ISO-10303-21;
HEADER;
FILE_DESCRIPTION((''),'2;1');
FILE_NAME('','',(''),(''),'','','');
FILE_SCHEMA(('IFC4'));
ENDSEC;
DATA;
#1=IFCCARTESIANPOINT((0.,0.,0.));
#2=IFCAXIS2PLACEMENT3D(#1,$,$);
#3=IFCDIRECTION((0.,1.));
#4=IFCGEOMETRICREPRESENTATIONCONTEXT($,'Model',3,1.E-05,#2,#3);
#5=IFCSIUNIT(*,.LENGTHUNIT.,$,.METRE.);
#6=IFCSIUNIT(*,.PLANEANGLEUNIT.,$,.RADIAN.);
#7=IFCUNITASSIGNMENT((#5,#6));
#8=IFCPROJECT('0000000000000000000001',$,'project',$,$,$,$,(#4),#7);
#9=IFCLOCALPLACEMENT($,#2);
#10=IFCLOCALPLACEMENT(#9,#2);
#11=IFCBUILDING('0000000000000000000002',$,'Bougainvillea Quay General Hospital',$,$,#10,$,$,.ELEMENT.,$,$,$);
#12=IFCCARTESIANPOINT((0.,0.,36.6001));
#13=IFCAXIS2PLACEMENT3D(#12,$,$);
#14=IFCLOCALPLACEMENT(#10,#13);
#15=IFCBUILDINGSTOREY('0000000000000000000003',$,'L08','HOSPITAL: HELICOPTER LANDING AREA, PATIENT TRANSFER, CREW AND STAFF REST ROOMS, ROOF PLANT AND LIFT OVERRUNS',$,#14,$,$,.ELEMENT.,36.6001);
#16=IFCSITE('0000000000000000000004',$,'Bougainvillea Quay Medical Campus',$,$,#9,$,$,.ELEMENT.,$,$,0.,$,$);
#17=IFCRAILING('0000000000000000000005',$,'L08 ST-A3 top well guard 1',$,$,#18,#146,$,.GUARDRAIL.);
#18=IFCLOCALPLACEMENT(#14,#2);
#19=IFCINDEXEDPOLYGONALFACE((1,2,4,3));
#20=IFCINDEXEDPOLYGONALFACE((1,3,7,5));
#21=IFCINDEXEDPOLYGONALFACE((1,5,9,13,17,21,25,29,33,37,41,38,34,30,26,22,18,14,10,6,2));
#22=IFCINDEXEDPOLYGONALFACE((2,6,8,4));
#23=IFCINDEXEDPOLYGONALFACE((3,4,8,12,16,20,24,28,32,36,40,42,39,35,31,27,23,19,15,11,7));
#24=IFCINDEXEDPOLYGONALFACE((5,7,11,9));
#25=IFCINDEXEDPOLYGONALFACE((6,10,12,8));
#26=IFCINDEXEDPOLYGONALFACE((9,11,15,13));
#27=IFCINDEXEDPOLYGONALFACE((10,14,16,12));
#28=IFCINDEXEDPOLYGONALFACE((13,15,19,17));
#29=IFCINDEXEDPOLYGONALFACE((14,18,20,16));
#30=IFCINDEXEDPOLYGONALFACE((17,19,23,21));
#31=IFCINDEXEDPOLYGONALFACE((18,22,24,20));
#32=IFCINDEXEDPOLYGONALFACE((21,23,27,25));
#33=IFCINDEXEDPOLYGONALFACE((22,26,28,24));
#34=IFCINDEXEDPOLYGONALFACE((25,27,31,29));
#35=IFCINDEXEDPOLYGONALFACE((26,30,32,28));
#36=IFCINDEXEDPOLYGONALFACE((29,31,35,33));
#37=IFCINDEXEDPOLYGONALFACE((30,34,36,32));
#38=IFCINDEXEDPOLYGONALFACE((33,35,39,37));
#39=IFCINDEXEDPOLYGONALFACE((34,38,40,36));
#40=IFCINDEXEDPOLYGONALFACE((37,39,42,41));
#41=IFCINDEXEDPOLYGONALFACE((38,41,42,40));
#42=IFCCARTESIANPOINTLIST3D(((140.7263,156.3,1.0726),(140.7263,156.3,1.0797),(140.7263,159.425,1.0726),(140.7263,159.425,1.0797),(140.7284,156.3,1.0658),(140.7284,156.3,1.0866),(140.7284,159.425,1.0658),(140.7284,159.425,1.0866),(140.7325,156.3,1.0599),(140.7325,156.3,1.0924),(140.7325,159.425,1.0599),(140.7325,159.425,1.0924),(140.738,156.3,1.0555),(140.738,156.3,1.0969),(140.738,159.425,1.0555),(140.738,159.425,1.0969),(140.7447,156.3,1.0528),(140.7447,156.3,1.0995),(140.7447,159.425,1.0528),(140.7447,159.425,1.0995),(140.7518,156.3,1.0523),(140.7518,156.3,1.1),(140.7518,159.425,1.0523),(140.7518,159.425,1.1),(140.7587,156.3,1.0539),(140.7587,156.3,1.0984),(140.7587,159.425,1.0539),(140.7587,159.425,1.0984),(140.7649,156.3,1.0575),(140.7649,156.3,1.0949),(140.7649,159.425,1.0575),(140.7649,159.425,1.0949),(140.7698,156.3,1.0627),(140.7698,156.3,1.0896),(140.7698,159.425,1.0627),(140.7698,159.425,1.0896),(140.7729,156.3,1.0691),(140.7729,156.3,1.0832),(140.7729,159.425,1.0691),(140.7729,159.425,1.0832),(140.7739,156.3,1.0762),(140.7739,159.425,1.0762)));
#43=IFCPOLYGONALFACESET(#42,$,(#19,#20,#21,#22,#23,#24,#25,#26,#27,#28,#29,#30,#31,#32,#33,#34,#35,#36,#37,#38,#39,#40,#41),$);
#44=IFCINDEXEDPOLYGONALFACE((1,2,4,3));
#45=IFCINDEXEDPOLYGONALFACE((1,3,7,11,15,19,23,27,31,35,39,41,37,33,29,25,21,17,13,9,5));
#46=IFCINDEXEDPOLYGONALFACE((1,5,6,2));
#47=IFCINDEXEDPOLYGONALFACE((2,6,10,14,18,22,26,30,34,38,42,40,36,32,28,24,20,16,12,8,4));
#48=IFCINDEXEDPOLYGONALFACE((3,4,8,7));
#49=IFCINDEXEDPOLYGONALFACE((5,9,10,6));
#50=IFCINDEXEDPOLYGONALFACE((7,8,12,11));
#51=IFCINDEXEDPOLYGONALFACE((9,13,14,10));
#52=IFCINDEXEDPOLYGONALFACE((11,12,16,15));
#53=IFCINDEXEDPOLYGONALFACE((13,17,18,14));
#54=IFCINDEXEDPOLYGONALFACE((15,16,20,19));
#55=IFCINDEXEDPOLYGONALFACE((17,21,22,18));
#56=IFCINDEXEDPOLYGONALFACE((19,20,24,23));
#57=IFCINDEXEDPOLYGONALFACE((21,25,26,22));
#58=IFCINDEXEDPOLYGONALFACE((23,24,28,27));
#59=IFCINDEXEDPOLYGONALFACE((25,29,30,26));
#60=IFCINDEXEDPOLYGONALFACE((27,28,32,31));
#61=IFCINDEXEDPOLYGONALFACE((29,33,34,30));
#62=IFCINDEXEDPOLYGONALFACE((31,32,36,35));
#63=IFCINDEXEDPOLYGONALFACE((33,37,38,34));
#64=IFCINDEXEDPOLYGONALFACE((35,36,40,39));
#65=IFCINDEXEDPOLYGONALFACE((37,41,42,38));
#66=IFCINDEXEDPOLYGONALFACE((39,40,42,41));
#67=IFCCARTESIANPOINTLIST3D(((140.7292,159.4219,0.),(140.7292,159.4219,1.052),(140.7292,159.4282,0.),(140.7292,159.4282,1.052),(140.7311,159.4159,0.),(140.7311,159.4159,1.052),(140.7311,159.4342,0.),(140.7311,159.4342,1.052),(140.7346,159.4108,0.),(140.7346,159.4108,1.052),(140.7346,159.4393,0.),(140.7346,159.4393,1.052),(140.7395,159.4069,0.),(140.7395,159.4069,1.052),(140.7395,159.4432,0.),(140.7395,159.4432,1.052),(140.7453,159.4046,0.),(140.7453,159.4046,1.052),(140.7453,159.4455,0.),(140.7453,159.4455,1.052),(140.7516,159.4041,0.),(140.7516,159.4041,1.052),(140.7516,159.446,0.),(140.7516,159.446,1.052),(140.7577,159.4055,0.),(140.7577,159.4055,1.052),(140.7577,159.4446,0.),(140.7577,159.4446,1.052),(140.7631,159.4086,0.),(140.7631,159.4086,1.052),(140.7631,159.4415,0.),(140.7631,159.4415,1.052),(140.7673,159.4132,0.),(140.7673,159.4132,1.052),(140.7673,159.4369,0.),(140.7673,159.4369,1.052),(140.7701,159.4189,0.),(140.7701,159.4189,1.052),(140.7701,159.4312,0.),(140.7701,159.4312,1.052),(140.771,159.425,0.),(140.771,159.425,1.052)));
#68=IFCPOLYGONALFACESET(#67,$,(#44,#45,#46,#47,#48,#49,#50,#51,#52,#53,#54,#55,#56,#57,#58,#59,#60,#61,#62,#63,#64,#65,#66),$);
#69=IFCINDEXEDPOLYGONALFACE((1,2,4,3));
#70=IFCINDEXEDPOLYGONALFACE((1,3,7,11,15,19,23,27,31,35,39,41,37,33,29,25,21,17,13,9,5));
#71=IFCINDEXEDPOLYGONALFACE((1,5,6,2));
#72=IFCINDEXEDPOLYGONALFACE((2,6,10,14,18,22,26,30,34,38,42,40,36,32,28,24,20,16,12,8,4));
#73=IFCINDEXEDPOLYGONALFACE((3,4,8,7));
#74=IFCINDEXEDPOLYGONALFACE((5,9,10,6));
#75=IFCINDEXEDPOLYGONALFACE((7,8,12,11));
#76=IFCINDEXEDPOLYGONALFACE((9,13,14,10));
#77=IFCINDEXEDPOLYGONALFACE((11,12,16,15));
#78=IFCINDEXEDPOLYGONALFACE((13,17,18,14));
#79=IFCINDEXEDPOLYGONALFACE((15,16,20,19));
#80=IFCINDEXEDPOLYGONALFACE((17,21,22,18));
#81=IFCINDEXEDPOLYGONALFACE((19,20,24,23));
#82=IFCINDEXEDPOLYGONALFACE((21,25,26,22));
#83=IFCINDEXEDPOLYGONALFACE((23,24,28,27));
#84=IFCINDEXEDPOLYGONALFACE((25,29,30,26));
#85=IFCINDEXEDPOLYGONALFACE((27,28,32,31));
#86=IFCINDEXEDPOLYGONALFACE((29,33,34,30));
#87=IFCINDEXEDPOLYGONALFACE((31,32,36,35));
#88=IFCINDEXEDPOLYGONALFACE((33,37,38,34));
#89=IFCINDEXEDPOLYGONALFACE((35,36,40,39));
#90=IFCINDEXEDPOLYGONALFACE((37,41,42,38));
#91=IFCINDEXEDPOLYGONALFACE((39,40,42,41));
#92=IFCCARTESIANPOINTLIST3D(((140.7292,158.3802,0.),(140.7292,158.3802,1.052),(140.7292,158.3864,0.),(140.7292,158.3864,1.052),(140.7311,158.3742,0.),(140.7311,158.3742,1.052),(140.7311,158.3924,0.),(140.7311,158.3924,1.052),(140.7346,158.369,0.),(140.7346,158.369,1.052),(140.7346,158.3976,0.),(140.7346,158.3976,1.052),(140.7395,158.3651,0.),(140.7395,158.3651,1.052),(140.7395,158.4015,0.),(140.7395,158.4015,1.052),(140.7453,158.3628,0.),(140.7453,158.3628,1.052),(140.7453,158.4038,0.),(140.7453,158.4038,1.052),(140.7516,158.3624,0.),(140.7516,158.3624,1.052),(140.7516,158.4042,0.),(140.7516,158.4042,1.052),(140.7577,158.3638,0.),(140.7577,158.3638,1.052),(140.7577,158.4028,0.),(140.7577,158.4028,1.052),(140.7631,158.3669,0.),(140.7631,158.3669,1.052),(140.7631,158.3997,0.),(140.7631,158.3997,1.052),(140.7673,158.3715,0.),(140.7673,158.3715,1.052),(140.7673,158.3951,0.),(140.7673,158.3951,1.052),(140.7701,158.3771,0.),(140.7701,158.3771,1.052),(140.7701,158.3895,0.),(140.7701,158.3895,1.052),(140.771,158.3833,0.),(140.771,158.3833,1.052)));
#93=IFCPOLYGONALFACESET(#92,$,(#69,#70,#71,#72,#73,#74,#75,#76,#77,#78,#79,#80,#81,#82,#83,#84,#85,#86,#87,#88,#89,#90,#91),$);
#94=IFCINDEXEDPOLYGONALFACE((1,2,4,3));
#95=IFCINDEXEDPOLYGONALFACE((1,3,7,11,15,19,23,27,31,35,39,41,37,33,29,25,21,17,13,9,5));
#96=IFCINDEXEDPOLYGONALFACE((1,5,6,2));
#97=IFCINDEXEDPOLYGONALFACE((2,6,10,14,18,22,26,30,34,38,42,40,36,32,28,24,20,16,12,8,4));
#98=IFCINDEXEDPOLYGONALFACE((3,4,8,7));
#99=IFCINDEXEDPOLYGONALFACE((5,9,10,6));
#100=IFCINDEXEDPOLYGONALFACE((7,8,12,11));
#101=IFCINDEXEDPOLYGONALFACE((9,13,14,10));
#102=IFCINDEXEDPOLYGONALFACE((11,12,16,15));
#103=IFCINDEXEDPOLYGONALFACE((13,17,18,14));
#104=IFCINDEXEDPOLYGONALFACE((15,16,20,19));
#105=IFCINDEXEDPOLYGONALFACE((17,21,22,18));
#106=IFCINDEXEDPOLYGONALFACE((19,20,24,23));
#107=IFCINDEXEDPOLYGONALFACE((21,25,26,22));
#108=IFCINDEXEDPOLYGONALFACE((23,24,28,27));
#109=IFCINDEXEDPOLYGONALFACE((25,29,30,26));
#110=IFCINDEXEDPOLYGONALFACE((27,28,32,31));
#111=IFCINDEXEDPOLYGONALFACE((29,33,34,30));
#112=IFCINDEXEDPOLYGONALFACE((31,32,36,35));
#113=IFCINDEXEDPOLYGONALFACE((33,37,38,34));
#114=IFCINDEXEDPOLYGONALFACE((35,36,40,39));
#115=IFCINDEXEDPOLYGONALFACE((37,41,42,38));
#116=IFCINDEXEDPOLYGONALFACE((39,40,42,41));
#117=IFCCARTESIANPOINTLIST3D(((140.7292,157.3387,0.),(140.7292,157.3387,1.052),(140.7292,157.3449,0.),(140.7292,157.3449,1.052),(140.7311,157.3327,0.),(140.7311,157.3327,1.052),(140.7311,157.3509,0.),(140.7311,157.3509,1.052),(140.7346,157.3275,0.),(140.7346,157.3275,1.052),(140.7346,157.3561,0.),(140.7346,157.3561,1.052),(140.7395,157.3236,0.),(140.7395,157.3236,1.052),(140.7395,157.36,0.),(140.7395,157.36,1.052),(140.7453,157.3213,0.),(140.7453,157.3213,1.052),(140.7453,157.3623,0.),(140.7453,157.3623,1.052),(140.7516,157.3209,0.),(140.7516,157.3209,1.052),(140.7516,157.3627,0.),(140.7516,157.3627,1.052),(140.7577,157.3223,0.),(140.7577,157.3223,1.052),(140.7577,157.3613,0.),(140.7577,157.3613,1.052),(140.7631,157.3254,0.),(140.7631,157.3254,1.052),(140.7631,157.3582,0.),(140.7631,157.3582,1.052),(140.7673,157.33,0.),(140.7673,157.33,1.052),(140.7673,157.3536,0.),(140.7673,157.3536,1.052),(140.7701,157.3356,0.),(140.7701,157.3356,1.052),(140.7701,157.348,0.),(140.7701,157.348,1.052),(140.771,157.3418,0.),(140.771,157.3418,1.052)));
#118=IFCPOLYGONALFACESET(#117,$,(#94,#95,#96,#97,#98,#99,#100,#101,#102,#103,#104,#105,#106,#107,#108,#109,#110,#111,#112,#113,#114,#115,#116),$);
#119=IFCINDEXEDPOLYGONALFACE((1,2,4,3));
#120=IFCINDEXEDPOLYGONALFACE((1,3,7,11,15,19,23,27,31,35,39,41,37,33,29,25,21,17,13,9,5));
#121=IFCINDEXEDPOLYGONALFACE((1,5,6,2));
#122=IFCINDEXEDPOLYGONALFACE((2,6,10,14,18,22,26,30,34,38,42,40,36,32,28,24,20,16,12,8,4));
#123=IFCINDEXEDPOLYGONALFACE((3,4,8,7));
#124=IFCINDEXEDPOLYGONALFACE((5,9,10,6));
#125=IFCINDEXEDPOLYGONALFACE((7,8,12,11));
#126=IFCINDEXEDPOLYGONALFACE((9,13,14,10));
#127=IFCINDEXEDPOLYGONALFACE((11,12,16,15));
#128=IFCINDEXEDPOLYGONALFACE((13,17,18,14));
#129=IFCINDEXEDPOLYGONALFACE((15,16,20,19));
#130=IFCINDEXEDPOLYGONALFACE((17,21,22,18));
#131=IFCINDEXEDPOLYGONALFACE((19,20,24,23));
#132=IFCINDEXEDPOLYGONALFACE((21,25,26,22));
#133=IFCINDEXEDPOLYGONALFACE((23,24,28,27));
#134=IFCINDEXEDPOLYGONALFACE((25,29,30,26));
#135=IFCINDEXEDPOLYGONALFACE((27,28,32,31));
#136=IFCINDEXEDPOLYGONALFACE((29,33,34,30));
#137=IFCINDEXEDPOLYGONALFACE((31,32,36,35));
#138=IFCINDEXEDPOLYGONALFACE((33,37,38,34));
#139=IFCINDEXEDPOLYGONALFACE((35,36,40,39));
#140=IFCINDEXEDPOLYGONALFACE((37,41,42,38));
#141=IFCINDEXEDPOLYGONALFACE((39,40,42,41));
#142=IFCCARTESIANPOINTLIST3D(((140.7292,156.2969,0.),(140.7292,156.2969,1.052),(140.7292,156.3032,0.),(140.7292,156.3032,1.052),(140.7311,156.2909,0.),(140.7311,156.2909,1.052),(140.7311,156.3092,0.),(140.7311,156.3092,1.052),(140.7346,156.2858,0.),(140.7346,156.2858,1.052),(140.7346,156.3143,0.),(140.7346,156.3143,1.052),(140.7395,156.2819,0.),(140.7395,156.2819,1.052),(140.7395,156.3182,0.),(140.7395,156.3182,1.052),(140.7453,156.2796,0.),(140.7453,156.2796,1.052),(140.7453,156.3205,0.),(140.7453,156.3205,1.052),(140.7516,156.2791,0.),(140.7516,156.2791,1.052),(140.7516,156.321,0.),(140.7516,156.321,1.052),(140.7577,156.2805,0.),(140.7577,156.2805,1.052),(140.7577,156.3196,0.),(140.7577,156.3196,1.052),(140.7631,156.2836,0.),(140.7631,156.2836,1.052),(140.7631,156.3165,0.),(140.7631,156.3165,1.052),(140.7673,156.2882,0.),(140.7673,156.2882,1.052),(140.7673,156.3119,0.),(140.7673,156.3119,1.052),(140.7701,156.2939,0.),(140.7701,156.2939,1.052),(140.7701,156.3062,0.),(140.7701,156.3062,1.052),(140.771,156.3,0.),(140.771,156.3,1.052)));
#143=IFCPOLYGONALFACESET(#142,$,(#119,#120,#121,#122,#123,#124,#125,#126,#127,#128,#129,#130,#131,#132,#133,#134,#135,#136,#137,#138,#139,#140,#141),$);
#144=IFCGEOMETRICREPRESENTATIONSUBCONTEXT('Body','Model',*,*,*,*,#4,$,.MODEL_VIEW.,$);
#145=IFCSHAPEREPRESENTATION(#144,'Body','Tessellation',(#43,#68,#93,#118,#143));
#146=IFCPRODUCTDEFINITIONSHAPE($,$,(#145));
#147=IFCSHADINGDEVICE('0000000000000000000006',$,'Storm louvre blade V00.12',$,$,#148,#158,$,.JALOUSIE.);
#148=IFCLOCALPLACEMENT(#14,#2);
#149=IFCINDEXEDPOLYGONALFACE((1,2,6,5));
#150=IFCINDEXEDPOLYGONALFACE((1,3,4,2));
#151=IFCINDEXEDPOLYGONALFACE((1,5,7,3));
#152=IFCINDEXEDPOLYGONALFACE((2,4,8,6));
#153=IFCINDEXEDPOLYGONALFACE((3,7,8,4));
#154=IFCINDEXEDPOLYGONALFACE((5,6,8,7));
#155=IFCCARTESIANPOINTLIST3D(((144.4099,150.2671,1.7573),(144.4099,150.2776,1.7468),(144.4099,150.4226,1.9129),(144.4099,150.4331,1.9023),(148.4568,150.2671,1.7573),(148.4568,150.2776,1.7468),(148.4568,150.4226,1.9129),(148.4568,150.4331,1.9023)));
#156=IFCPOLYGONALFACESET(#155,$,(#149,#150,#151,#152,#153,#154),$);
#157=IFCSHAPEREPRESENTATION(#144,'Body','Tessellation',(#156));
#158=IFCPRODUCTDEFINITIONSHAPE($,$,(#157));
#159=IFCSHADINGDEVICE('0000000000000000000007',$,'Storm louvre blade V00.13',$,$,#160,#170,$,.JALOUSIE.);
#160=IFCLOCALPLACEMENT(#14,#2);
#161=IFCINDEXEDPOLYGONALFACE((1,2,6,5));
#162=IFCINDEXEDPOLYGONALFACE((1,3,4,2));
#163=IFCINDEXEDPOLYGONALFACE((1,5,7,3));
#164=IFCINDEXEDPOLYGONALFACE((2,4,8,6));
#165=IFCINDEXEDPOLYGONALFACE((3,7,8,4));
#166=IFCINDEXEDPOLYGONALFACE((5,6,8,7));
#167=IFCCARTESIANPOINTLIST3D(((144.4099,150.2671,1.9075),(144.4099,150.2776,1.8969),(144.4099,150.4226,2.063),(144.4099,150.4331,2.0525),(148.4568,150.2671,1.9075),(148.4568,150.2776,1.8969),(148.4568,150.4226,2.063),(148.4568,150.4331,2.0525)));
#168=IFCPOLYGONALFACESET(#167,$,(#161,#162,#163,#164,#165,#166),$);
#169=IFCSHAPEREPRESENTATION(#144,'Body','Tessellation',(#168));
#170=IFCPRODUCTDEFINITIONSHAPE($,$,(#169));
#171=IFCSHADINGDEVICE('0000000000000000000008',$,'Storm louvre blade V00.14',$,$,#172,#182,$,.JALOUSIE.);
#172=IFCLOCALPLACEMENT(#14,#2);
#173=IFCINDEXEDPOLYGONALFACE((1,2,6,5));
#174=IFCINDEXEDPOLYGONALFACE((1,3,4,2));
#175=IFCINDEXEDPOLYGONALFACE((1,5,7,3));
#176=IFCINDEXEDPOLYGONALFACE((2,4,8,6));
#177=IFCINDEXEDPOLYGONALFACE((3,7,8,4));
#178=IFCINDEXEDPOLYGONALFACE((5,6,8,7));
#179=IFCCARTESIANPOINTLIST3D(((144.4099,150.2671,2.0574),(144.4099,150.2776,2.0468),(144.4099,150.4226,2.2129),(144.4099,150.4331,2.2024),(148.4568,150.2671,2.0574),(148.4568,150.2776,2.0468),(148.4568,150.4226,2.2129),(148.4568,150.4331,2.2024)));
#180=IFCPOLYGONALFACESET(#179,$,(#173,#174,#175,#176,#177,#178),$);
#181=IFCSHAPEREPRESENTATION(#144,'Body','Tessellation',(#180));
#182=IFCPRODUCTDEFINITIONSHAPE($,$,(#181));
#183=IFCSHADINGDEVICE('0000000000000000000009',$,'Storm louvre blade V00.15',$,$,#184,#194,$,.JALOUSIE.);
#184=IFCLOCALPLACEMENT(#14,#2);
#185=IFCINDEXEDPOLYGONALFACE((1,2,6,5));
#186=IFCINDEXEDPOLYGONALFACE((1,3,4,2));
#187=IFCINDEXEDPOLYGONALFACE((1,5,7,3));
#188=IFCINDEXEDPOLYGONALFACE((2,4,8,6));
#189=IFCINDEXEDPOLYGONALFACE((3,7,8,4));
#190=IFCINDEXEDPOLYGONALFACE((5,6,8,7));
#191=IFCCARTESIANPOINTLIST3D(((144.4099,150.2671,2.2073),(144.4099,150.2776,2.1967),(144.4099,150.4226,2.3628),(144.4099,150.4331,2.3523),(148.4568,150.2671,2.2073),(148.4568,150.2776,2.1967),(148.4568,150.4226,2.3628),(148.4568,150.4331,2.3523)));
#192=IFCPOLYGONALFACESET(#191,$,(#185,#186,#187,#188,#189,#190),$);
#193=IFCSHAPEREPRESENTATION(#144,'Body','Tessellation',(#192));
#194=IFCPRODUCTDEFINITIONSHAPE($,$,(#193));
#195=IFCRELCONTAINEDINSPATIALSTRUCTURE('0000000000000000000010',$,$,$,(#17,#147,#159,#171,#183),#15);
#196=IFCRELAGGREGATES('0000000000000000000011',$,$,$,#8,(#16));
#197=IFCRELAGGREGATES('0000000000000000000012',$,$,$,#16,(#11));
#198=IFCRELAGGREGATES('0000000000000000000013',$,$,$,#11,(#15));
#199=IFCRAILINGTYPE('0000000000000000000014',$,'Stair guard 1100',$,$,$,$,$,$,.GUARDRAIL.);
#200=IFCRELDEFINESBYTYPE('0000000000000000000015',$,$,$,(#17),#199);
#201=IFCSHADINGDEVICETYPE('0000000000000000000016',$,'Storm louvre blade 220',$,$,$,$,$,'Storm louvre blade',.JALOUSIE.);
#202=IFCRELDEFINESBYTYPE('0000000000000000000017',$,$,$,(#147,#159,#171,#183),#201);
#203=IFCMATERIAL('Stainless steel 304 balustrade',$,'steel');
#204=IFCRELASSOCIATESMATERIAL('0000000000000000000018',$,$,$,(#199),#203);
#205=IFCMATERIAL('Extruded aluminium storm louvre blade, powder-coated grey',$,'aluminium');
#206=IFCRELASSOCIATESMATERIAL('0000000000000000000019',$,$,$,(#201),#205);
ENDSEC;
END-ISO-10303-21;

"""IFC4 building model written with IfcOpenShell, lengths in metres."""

from ifc_helpers import new_model, si_unit, direction, frame, origin, origin_2d, place, context, subcontext, project, spatial, rectangle, circle, extrude, material, material_profile, profile_set, type_object, element, save


model = new_model("IFC4")

# Units and contexts
model_context = context("Model", 3, precision=1e-05, world=origin(), true_north=direction((0.0, 1.0)))
body_context = subcontext(model_context, "Body", "Model", "MODEL_VIEW")
ifc_project = project(units=[si_unit("LENGTHUNIT", "METRE"), si_unit("PLANEANGLEUNIT", "RADIAN")], contexts=[model_context])

# Site, building, storey
site_placement = place(None, origin())
site = spatial("IfcSite", under=ifc_project, at=site_placement, Name="Bougainvillea Quay Medical Campus", CompositionType="ELEMENT", RefElevation=0.0)
building_placement = place(site_placement, origin())
building = spatial("IfcBuilding", under=site, at=building_placement, Name="Bougainvillea Quay General Hospital", CompositionType="ELEMENT")
storey_placement = place(building_placement, frame((0.0, 0.0, 36.6001)))
storey = spatial("IfcBuildingStorey", under=building, at=storey_placement, Name="L08", Description="HOSPITAL: HELICOPTER LANDING AREA, PATIENT TRANSFER, CREW AND STAFF REST ROOMS, ROOF PLANT AND LIFT OVERRUNS", CompositionType="ELEMENT", Elevation=36.6001)

# Railing
ifc_material_1 = material(Name="Stainless steel 304 balustrade", Category="steel")
railing_type = type_object("IfcRailingType", Name="Stair guard 1100", PredefinedType="GUARDRAIL", material=ifc_material_1)
railing_placement = place(storey_placement, frame((140.75, 159.425, 0.0)))
element("IfcRailing", 1, at=railing_placement, inside=storey, type_object=railing_type, Name="L08 ST-A3 top well guard 1", PredefinedType="GUARDRAIL", context=body_context, shape_type="SweptSolid", body=[
    extrude(circle(Radius=0.0239, at=origin_2d()), frame((0.0, 0.0, 1.0762), z_axis=(0.0, -1.0, 0.0), x_axis=(1.0, 0.0, 0.0)), (0.0, 0.0, 1.0), 3.125),
    extrude(circle(Radius=0.021, at=origin_2d()), origin(), (0.0, 0.0, 1.0), 1.052),
    extrude(circle(Radius=0.021, at=origin_2d()), frame((0.0, -1.0417, 0.0)), (0.0, 0.0, 1.0), 1.052),
    extrude(circle(Radius=0.021, at=origin_2d()), frame((0.0, -2.0833, 0.0)), (0.0, 0.0, 1.0), 1.052),
    extrude(circle(Radius=0.021, at=origin_2d()), frame((0.0, -3.125, 0.0)), (0.0, 0.0, 1.0), 1.052),
])

# Shading devices
ifc_material_2 = material(Name="Extruded aluminium storm louvre blade, powder-coated grey", Category="aluminium")
ifc_material_profile_1 = material_profile(ifc_material_2, rectangle(XDim=0.22, YDim=0.0149, at=origin_2d()))
ifc_profile_set_1 = profile_set([ifc_material_profile_1], Name="Extruded aluminium storm louvre blade, powder-coated grey")
shading_device_type = type_object("IfcShadingDeviceType", Name="Storm louvre blade 220", ElementType="Storm louvre blade", PredefinedType="JALOUSIE", material=ifc_profile_set_1)
for number, where, z_axis, x_axis, name in (
    (2, (144.4099, 150.3501, 1.8298), (1.0, 0.0, 0.0), (0.0, 0.707107, 0.707107), "Storm louvre blade V00.12"),
    (3, (144.4099, 150.3501, 1.98), (1.0, 0.0, 0.0), (0.0, 0.707107, 0.707107), "Storm louvre blade V00.13"),
    (4, (144.4099, 150.3501, 2.1299), (1.0, 0.0, 0.0), (0.0, 0.707107, 0.707107), "Storm louvre blade V00.14"),
    (5, (144.4099, 150.3501, 2.2798), (1.0, 0.0, 0.0), (0.0, 0.707107, 0.707107), "Storm louvre blade V00.15"),
):
    element("IfcShadingDevice", number, at=place(storey_placement, frame(where, z_axis=z_axis, x_axis=x_axis)), inside=storey, type_object=shading_device_type, Name=name, PredefinedType="JALOUSIE", context=body_context, shape_type="SweptSolid", body=[
        extrude(rectangle(XDim=0.22, YDim=0.0149, at=origin_2d()), origin(), (0.0, 0.0, 1.0), 4.0469),
    ])

save(model, "model.ifc")
